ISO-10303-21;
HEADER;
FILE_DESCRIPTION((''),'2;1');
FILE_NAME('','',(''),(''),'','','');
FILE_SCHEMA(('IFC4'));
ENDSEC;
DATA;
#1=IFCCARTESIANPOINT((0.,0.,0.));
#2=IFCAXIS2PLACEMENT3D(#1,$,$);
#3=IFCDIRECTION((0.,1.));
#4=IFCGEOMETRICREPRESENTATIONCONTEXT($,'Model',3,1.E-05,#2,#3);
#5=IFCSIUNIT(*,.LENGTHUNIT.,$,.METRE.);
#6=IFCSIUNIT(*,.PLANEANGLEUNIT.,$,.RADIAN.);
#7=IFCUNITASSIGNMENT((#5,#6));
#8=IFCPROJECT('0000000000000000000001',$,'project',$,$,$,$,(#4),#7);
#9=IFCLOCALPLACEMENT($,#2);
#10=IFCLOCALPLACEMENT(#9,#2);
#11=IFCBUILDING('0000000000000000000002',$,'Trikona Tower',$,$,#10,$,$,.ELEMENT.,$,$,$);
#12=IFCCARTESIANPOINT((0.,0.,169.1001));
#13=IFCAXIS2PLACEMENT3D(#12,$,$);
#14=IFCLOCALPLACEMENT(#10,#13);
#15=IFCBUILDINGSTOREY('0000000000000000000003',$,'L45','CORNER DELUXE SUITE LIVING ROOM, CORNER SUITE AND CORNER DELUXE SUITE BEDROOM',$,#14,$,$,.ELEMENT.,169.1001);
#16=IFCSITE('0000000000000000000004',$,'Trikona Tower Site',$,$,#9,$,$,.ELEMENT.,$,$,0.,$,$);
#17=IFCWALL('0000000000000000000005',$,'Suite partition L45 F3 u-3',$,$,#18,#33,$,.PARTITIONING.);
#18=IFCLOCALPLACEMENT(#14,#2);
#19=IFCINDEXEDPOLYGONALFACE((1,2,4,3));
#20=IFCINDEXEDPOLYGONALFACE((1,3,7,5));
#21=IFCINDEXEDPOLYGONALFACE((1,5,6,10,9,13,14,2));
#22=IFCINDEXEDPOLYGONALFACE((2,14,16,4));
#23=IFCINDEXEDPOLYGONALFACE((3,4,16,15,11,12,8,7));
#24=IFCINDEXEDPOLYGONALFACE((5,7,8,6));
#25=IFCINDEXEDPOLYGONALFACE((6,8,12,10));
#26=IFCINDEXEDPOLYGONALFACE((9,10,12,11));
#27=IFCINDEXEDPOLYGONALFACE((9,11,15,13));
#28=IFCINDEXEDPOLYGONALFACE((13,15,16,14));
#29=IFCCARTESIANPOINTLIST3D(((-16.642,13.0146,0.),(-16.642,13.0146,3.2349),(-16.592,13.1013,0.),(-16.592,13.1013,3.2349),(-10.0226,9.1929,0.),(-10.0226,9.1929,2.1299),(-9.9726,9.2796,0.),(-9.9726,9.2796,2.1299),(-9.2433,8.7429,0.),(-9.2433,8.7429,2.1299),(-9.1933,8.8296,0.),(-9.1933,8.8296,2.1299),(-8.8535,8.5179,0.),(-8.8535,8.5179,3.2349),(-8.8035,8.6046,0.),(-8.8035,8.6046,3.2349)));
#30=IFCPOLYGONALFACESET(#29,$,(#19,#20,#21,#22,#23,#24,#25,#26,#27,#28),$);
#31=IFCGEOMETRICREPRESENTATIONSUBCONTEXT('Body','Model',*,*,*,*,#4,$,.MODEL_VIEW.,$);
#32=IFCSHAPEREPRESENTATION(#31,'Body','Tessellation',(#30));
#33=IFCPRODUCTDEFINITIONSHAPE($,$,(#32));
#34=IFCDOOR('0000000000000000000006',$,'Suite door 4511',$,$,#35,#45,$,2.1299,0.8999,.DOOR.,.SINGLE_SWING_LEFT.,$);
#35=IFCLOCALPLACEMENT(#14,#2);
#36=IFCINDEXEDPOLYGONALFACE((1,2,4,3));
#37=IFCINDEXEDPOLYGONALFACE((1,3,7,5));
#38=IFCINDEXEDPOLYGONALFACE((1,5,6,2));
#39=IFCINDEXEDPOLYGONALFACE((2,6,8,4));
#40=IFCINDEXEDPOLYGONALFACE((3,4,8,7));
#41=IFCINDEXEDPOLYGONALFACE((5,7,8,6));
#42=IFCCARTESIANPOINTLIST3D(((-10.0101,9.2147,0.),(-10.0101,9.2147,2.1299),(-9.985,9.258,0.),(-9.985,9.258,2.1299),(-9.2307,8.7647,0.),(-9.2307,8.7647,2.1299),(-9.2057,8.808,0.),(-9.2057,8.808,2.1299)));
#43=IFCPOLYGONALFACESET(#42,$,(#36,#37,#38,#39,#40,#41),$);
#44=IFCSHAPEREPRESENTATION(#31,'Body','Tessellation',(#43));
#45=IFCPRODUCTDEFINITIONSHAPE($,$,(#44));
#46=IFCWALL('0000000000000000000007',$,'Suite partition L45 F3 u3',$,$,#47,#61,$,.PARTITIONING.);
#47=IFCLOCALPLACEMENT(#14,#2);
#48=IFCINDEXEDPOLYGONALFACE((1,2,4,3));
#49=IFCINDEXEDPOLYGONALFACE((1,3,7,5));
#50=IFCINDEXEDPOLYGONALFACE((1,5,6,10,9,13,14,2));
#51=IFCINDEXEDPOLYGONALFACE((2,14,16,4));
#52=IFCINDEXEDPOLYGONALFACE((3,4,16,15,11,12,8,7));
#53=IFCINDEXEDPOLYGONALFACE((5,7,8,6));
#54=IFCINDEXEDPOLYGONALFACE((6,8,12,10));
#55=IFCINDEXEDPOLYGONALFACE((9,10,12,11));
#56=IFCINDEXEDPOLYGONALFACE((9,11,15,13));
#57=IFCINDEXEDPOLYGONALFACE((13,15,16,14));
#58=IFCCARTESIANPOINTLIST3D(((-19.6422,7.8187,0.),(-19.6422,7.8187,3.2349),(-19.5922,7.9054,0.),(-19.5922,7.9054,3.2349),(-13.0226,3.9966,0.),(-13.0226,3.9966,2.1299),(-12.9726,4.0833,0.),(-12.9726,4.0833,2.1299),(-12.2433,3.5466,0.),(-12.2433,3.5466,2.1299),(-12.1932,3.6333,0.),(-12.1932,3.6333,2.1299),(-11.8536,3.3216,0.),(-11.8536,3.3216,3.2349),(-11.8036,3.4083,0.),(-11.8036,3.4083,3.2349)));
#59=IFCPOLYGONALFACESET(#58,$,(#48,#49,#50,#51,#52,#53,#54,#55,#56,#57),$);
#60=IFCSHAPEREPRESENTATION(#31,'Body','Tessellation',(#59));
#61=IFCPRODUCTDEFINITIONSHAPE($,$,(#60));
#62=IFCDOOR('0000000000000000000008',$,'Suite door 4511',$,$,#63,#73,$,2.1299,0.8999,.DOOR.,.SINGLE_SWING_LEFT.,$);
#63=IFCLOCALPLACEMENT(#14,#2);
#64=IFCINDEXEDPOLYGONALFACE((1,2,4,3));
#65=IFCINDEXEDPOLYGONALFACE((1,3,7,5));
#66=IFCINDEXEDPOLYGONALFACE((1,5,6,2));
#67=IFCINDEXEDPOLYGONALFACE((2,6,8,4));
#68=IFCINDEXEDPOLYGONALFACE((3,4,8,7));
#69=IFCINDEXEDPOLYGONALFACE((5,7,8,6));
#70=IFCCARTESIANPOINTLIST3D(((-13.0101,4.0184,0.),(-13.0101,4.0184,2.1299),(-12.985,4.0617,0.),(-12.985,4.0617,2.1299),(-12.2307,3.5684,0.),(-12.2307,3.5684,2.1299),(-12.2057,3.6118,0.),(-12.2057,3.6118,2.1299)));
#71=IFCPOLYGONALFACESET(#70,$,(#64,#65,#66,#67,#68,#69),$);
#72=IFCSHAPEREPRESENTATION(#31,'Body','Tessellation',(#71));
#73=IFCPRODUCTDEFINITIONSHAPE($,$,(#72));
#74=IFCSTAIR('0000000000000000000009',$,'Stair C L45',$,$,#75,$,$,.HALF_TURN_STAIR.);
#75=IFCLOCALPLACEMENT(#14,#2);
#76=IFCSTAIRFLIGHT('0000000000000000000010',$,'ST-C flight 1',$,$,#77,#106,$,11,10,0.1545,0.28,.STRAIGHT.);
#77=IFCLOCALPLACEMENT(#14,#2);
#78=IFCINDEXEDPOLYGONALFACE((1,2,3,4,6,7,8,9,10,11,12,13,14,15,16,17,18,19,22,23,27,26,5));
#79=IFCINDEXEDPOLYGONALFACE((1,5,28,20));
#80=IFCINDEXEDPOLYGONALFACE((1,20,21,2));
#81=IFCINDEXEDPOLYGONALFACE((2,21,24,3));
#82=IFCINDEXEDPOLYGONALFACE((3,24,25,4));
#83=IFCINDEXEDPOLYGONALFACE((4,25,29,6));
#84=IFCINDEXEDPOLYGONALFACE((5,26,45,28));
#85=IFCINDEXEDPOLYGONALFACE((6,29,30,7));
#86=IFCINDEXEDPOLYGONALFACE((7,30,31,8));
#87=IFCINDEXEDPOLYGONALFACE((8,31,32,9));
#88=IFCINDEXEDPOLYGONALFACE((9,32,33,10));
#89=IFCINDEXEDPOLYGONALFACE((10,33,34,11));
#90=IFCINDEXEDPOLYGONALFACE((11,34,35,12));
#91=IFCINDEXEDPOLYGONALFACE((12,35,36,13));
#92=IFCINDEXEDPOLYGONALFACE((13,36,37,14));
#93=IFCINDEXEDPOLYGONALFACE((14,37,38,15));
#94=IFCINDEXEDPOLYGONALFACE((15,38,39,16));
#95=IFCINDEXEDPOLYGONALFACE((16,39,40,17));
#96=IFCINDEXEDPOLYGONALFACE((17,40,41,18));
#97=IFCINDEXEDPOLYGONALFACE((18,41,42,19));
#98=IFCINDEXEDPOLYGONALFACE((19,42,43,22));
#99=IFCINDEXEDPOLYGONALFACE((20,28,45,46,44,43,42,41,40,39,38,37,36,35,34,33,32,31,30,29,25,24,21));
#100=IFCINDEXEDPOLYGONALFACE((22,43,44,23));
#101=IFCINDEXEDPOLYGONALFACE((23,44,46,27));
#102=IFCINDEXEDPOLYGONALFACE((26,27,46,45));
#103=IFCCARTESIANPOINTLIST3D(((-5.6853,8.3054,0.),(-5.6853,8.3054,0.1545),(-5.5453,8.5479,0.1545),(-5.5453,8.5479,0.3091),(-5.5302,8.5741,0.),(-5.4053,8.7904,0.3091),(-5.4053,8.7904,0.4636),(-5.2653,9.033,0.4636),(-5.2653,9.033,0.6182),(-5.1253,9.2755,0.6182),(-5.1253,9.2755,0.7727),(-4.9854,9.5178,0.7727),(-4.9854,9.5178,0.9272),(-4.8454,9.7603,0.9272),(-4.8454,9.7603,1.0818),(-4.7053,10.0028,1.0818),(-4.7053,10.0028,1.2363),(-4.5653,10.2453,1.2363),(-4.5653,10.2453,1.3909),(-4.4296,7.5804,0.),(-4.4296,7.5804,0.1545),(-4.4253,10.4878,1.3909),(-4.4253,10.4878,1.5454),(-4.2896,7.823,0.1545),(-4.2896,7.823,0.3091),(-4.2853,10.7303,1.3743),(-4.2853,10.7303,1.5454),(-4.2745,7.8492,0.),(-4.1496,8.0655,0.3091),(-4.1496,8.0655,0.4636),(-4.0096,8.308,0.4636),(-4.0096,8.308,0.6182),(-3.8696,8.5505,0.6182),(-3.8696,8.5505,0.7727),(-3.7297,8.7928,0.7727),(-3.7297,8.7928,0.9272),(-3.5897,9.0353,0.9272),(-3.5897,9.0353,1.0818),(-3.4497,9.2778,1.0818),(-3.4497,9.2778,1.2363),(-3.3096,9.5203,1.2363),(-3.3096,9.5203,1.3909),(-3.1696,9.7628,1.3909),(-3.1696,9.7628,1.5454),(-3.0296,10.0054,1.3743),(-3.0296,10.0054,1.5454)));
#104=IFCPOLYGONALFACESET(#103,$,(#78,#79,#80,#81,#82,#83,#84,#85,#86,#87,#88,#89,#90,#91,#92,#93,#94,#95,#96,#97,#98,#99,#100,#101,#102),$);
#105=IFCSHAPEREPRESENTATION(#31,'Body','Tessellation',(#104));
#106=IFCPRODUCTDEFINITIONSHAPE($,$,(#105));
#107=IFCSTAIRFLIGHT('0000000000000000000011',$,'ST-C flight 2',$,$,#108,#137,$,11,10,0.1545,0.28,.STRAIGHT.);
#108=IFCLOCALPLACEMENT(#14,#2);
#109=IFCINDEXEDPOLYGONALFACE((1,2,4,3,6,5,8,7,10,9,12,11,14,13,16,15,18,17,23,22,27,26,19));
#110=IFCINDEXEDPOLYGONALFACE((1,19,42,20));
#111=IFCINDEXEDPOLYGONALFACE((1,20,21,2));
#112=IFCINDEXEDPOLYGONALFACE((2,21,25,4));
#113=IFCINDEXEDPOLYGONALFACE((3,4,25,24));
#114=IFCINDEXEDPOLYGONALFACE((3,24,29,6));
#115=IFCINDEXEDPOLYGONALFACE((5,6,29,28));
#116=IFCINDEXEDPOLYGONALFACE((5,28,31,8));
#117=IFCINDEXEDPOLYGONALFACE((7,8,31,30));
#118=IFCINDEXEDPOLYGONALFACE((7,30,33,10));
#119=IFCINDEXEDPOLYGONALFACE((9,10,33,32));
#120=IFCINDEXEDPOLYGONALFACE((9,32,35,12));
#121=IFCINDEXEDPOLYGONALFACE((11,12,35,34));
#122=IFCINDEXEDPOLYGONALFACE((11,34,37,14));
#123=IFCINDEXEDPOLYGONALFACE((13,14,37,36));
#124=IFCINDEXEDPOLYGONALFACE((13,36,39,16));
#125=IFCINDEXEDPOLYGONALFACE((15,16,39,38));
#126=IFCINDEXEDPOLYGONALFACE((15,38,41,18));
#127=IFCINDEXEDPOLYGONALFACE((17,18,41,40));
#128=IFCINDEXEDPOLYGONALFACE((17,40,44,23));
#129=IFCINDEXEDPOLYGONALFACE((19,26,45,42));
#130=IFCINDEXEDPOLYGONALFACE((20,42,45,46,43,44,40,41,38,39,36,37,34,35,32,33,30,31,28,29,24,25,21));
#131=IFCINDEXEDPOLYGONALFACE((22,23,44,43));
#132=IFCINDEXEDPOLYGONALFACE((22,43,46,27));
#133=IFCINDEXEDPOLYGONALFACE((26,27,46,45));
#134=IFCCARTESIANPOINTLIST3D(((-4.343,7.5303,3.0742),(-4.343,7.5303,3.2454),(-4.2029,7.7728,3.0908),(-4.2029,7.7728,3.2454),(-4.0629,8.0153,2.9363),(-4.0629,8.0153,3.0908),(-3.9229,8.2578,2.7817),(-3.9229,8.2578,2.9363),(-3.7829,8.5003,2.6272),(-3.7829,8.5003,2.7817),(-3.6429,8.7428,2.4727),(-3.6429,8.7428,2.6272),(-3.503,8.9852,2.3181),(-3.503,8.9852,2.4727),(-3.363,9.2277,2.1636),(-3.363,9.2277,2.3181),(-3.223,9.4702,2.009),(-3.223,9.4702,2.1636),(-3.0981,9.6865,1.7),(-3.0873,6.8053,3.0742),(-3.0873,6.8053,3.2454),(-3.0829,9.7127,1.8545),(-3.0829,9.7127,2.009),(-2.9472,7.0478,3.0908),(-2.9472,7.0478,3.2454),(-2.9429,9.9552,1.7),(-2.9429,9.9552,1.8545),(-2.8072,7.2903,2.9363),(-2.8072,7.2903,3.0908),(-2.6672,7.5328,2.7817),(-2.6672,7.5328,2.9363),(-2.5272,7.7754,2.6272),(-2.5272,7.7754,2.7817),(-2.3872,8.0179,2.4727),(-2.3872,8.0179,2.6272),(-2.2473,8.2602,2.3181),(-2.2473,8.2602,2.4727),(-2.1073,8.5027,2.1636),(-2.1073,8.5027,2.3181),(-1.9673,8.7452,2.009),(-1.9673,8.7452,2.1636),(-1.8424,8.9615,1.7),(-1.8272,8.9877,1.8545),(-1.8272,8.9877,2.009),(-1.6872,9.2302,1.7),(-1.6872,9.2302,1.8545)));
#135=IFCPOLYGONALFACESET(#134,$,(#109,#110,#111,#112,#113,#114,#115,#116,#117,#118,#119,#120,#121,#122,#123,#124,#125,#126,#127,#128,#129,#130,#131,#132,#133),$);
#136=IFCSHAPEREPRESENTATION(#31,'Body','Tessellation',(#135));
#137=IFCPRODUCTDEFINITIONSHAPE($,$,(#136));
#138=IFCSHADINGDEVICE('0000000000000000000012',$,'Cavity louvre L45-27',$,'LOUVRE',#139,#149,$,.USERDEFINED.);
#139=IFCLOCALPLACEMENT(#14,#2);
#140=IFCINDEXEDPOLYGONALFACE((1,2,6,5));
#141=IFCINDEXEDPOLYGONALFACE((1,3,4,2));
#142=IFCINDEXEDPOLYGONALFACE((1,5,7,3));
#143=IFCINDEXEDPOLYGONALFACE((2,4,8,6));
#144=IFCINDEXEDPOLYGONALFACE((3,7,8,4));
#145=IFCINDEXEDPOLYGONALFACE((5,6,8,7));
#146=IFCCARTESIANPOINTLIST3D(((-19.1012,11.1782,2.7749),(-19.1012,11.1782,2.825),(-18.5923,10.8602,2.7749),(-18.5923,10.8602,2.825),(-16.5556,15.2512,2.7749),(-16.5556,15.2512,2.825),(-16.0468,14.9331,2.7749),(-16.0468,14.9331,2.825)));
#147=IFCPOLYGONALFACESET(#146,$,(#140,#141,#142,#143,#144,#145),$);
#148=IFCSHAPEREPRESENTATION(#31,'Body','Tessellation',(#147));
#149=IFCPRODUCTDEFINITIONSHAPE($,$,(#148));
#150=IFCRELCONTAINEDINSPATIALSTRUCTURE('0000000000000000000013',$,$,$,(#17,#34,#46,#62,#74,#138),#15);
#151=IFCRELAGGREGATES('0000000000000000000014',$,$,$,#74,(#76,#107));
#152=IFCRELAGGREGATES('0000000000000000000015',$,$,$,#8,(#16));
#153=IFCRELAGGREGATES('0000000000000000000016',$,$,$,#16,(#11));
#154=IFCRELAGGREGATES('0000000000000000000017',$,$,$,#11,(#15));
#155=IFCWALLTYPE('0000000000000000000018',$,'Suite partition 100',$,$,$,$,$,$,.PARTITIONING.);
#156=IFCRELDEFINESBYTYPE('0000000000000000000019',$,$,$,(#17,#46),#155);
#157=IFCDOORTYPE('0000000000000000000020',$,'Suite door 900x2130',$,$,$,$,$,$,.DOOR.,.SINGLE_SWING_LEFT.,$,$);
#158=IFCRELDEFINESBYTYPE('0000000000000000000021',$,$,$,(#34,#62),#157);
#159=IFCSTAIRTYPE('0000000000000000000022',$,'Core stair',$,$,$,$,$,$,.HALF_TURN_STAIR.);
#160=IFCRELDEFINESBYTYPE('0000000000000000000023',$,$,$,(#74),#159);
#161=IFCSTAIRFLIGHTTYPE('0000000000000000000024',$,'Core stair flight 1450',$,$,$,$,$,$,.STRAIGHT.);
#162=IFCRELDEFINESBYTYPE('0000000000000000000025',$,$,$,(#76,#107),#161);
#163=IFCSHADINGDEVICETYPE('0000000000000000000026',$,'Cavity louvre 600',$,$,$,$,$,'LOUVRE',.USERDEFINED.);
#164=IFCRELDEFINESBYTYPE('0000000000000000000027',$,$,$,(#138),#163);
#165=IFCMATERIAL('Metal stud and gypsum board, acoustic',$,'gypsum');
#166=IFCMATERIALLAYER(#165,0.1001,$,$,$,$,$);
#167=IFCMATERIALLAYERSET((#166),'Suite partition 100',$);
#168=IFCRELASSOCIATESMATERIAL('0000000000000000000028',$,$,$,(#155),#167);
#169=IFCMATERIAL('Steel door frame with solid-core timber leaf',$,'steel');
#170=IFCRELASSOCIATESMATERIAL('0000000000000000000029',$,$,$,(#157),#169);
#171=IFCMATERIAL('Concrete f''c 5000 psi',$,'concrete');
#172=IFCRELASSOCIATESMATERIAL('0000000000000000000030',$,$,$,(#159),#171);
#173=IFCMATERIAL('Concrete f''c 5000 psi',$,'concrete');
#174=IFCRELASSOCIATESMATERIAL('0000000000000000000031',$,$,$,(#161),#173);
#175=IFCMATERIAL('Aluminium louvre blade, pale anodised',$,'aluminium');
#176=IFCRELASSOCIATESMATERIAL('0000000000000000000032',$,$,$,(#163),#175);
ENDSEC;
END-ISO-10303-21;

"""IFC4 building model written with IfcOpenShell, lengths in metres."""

from ifc_helpers import new_model, si_unit, direction, frame, frame_2d, origin, origin_2d, place, context, subcontext, project, spatial, polyline, rectangle, outline, extrude, material, layer, layer_set, type_object, element, fill, aggregate, save


model = new_model("IFC4")

# Units and contexts
model_context = context("Model", 3, precision=1e-05, world=origin(), true_north=direction((0.0, 1.0)))
body_context = subcontext(model_context, "Body", "Model", "MODEL_VIEW")
ifc_project = project(units=[si_unit("LENGTHUNIT", "METRE"), si_unit("PLANEANGLEUNIT", "RADIAN")], contexts=[model_context])

# Site, building, storey
site_placement = place(None, origin())
site = spatial("IfcSite", under=ifc_project, at=site_placement, Name="Trikona Tower Site", CompositionType="ELEMENT", RefElevation=0.0)
building_placement = place(site_placement, origin())
building = spatial("IfcBuilding", under=site, at=building_placement, Name="Trikona Tower", CompositionType="ELEMENT")
storey_placement = place(building_placement, frame((0.0, 0.0, 169.1001)))
storey = spatial("IfcBuildingStorey", under=building, at=storey_placement, Name="L45", Description="CORNER DELUXE SUITE LIVING ROOM, CORNER SUITE AND CORNER DELUXE SUITE BEDROOM", CompositionType="ELEMENT", Elevation=169.1001)

# Walls, openings, doors
ifc_material_1 = material(Name="Metal stud and gypsum board, acoustic", Category="gypsum")
ifc_layer_1 = layer(ifc_material_1, 0.1001)
ifc_layer_set_1 = layer_set([ifc_layer_1], Name="Suite partition 100")
wall_type_1 = type_object("IfcWallType", Name="Suite partition 100", PredefinedType="PARTITIONING", material=ifc_layer_set_1)
wall_1_placement = place(storey_placement, frame((-8.8286, 8.5613, 0.0), z_axis=(0.0, 0.0, 1.0), x_axis=(-0.866021, 0.500008, 0.0)))
wall_1 = element("IfcWall", 1, at=wall_1_placement, inside=storey, type_object=wall_type_1, Name="Suite partition L45 F3 u-3", PredefinedType="PARTITIONING", context=body_context, shape_type="SweptSolid", body=[
    extrude(rectangle(XDim=8.9934, YDim=0.1001, at=frame_2d((4.4966, 0.0))), origin(), (0.0, 0.0, 1.0), 3.2349),
])
opening_1_placement = place(wall_1_placement, frame((0.45, 0.0, 0.0)))
opening_1 = element("IfcOpeningElement", 2, at=opening_1_placement, cuts=wall_1, PredefinedType="OPENING", context=body_context, shape_type="SweptSolid", body=[
    extrude(rectangle(XDim=0.8999, YDim=2.1299, at=frame_2d((0.45, 1.0649))), frame((0.0, 0.0601, 0.0), z_axis=(0.0, -1.0, 0.0), x_axis=(1.0, 0.0, 0.0)), (0.0, 0.0, 1.0), 0.1201),
])
ifc_material_2 = material(Name="Steel door frame with solid-core timber leaf", Category="steel")
door_type_1 = type_object("IfcDoorType", Name="Suite door 900x2130", OperationType="SINGLE_SWING_LEFT", PredefinedType="DOOR", material=ifc_material_2)
door_1_placement = place(opening_1_placement, origin())
door_1 = element("IfcDoor", 3, at=door_1_placement, inside=storey, type_object=door_type_1, Name="Suite door 4511", OperationType="SINGLE_SWING_LEFT", OverallHeight=2.1299, OverallWidth=0.8999, PredefinedType="DOOR", context=body_context, shape_type="SweptSolid", body=[
    extrude(rectangle(XDim=0.8999, YDim=2.1299, at=frame_2d((0.45, 1.0649))), frame((0.0, 0.0249, 0.0), z_axis=(0.0, -1.0, 0.0), x_axis=(1.0, 0.0, 0.0)), (0.0, 0.0, 1.0), 0.05),
])
fill(opening_1, door_1)
wall_2_placement = place(storey_placement, frame((-11.8286, 3.365, 0.0), z_axis=(0.0, 0.0, 1.0), x_axis=(-0.866009, 0.500028, 0.0)))
wall_2 = element("IfcWall", 4, at=wall_2_placement, inside=storey, type_object=wall_type_1, Name="Suite partition L45 F3 u3", PredefinedType="PARTITIONING", context=body_context, shape_type="SweptSolid", body=[
    extrude(rectangle(XDim=8.9937, YDim=0.1001, at=frame_2d((4.4968, 0.0))), origin(), (0.0, 0.0, 1.0), 3.2349),
])
opening_2_placement = place(wall_2_placement, frame((0.45, 0.0, 0.0)))
opening_2 = element("IfcOpeningElement", 5, at=opening_2_placement, cuts=wall_2, PredefinedType="OPENING", context=body_context, shape_type="SweptSolid", body=[
    extrude(rectangle(XDim=0.8999, YDim=2.1299, at=frame_2d((0.45, 1.0649))), frame((0.0, 0.0601, 0.0), z_axis=(0.0, -1.0, 0.0), x_axis=(1.0, 0.0, 0.0)), (0.0, 0.0, 1.0), 0.1201),
])
door_2_placement = place(opening_2_placement, origin())
door_2 = element("IfcDoor", 6, at=door_2_placement, inside=storey, type_object=door_type_1, Name="Suite door 4511", OperationType="SINGLE_SWING_LEFT", OverallHeight=2.1299, OverallWidth=0.8999, PredefinedType="DOOR", context=body_context, shape_type="SweptSolid", body=[
    extrude(rectangle(XDim=0.8999, YDim=2.1299, at=frame_2d((0.45, 1.0649))), frame((0.0, 0.0249, 0.0), z_axis=(0.0, -1.0, 0.0), x_axis=(1.0, 0.0, 0.0)), (0.0, 0.0, 1.0), 0.05),
])
fill(opening_2, door_2)

# Stair, stair flights
ifc_material_3 = material(Name="Concrete f'c 5000 psi", Category="concrete")
stair_type = type_object("IfcStairType", Name="Core stair", PredefinedType="HALF_TURN_STAIR", material=ifc_material_3)
stair_placement = place(storey_placement, origin())
stair = element("IfcStair", 7, at=stair_placement, inside=storey, type_object=stair_type, Name="Stair C L45", PredefinedType="HALF_TURN_STAIR")
ifc_material_4 = material(Name="Concrete f'c 5000 psi", Category="concrete")
stair_flight_type = type_object("IfcStairFlightType", Name="Core stair flight 1450", PredefinedType="STRAIGHT", material=ifc_material_4)
stair_flight_1_placement = place(storey_placement, frame((-5.0574, 7.9429, 0.0), z_axis=(0.0, 0.0, 1.0), x_axis=(0.5, 0.866025, 0.0)))
stair_flight_1 = element("IfcStairFlight", 8, at=stair_flight_1_placement, type_object=stair_flight_type, Name="ST-C flight 1", NumberOfRisers=11, NumberOfTreads=10, PredefinedType="STRAIGHT", RiserHeight=0.1545, TreadLength=0.28, context=body_context, shape_type="SweptSolid", body=[
    extrude(outline(polyline([(0.0, 0.0), (0.0, 0.1545), (0.28, 0.1545), (0.28, 0.3091), (0.5601, 0.3091), (0.5601, 0.4636), (0.8401, 0.4636), (0.8401, 0.6182), (1.1201, 0.6182), (1.1201, 0.7727), (1.3999, 0.7727), (1.3999, 0.9272), (1.6799, 0.9272), (1.6799, 1.0818), (1.96, 1.0818), (1.96, 1.2363), (2.24, 1.2363), (2.24, 1.3909), (2.52, 1.3909), (2.52, 1.5454), (2.8, 1.5454), (2.8, 1.7), (2.8, 1.3743), (0.3103, 0.0), (0.0, 0.0)])), frame((0.0, 0.7251, 0.0), z_axis=(0.0, -1.0, 0.0), x_axis=(1.0, 0.0, 0.0)), (0.0, 0.0, 1.0), 1.45),
])
stair_flight_2_placement = place(storey_placement, frame((-2.3152, 9.5928, 1.7), z_axis=(0.0, 0.0, 1.0), x_axis=(-0.5, -0.866025, 0.0)))
stair_flight_2 = element("IfcStairFlight", 9, at=stair_flight_2_placement, type_object=stair_flight_type, Name="ST-C flight 2", NumberOfRisers=11, NumberOfTreads=10, PredefinedType="STRAIGHT", RiserHeight=0.1545, TreadLength=0.28, context=body_context, shape_type="SweptSolid", body=[
    extrude(outline(polyline([(0.0, 0.0), (0.0, 0.1545), (0.28, 0.1545), (0.28, 0.3091), (0.5601, 0.3091), (0.5601, 0.4636), (0.8401, 0.4636), (0.8401, 0.6182), (1.1201, 0.6182), (1.1201, 0.7727), (1.3999, 0.7727), (1.3999, 0.9272), (1.6799, 0.9272), (1.6799, 1.0818), (1.96, 1.0818), (1.96, 1.2363), (2.24, 1.2363), (2.24, 1.3909), (2.52, 1.3909), (2.52, 1.5454), (2.8, 1.5454), (2.8, 1.7), (2.8, 1.3743), (0.3103, 0.0), (0.0, 0.0)])), frame((0.0, 0.7251, 0.0), z_axis=(0.0, -1.0, 0.0), x_axis=(1.0, 0.0, 0.0)), (0.0, 0.0, 1.0), 1.45),
])
aggregate(stair, [stair_flight_1, stair_flight_2])

# Shading device
ifc_material_5 = material(Name="Aluminium louvre blade, pale anodised", Category="aluminium")
shading_device_type = type_object("IfcShadingDeviceType", Name="Cavity louvre 600", ElementType="LOUVRE", PredefinedType="USERDEFINED", material=ifc_material_5)
shading_device_placement = place(storey_placement, frame((-17.574, 13.0557, 2.7749), z_axis=(0.0, 0.0, 1.0), x_axis=(-0.529995, -0.848001, 0.0)))
element("IfcShadingDevice", 10, at=shading_device_placement, inside=storey, type_object=shading_device_type, Name="Cavity louvre L45-27", ObjectType="LOUVRE", PredefinedType="USERDEFINED", context=body_context, shape_type="SweptSolid", body=[
    extrude(rectangle(XDim=4.803, YDim=0.6001, at=origin_2d()), origin(), (0.0, 0.0, 1.0), 0.05),
])

save(model, "model.ifc")
